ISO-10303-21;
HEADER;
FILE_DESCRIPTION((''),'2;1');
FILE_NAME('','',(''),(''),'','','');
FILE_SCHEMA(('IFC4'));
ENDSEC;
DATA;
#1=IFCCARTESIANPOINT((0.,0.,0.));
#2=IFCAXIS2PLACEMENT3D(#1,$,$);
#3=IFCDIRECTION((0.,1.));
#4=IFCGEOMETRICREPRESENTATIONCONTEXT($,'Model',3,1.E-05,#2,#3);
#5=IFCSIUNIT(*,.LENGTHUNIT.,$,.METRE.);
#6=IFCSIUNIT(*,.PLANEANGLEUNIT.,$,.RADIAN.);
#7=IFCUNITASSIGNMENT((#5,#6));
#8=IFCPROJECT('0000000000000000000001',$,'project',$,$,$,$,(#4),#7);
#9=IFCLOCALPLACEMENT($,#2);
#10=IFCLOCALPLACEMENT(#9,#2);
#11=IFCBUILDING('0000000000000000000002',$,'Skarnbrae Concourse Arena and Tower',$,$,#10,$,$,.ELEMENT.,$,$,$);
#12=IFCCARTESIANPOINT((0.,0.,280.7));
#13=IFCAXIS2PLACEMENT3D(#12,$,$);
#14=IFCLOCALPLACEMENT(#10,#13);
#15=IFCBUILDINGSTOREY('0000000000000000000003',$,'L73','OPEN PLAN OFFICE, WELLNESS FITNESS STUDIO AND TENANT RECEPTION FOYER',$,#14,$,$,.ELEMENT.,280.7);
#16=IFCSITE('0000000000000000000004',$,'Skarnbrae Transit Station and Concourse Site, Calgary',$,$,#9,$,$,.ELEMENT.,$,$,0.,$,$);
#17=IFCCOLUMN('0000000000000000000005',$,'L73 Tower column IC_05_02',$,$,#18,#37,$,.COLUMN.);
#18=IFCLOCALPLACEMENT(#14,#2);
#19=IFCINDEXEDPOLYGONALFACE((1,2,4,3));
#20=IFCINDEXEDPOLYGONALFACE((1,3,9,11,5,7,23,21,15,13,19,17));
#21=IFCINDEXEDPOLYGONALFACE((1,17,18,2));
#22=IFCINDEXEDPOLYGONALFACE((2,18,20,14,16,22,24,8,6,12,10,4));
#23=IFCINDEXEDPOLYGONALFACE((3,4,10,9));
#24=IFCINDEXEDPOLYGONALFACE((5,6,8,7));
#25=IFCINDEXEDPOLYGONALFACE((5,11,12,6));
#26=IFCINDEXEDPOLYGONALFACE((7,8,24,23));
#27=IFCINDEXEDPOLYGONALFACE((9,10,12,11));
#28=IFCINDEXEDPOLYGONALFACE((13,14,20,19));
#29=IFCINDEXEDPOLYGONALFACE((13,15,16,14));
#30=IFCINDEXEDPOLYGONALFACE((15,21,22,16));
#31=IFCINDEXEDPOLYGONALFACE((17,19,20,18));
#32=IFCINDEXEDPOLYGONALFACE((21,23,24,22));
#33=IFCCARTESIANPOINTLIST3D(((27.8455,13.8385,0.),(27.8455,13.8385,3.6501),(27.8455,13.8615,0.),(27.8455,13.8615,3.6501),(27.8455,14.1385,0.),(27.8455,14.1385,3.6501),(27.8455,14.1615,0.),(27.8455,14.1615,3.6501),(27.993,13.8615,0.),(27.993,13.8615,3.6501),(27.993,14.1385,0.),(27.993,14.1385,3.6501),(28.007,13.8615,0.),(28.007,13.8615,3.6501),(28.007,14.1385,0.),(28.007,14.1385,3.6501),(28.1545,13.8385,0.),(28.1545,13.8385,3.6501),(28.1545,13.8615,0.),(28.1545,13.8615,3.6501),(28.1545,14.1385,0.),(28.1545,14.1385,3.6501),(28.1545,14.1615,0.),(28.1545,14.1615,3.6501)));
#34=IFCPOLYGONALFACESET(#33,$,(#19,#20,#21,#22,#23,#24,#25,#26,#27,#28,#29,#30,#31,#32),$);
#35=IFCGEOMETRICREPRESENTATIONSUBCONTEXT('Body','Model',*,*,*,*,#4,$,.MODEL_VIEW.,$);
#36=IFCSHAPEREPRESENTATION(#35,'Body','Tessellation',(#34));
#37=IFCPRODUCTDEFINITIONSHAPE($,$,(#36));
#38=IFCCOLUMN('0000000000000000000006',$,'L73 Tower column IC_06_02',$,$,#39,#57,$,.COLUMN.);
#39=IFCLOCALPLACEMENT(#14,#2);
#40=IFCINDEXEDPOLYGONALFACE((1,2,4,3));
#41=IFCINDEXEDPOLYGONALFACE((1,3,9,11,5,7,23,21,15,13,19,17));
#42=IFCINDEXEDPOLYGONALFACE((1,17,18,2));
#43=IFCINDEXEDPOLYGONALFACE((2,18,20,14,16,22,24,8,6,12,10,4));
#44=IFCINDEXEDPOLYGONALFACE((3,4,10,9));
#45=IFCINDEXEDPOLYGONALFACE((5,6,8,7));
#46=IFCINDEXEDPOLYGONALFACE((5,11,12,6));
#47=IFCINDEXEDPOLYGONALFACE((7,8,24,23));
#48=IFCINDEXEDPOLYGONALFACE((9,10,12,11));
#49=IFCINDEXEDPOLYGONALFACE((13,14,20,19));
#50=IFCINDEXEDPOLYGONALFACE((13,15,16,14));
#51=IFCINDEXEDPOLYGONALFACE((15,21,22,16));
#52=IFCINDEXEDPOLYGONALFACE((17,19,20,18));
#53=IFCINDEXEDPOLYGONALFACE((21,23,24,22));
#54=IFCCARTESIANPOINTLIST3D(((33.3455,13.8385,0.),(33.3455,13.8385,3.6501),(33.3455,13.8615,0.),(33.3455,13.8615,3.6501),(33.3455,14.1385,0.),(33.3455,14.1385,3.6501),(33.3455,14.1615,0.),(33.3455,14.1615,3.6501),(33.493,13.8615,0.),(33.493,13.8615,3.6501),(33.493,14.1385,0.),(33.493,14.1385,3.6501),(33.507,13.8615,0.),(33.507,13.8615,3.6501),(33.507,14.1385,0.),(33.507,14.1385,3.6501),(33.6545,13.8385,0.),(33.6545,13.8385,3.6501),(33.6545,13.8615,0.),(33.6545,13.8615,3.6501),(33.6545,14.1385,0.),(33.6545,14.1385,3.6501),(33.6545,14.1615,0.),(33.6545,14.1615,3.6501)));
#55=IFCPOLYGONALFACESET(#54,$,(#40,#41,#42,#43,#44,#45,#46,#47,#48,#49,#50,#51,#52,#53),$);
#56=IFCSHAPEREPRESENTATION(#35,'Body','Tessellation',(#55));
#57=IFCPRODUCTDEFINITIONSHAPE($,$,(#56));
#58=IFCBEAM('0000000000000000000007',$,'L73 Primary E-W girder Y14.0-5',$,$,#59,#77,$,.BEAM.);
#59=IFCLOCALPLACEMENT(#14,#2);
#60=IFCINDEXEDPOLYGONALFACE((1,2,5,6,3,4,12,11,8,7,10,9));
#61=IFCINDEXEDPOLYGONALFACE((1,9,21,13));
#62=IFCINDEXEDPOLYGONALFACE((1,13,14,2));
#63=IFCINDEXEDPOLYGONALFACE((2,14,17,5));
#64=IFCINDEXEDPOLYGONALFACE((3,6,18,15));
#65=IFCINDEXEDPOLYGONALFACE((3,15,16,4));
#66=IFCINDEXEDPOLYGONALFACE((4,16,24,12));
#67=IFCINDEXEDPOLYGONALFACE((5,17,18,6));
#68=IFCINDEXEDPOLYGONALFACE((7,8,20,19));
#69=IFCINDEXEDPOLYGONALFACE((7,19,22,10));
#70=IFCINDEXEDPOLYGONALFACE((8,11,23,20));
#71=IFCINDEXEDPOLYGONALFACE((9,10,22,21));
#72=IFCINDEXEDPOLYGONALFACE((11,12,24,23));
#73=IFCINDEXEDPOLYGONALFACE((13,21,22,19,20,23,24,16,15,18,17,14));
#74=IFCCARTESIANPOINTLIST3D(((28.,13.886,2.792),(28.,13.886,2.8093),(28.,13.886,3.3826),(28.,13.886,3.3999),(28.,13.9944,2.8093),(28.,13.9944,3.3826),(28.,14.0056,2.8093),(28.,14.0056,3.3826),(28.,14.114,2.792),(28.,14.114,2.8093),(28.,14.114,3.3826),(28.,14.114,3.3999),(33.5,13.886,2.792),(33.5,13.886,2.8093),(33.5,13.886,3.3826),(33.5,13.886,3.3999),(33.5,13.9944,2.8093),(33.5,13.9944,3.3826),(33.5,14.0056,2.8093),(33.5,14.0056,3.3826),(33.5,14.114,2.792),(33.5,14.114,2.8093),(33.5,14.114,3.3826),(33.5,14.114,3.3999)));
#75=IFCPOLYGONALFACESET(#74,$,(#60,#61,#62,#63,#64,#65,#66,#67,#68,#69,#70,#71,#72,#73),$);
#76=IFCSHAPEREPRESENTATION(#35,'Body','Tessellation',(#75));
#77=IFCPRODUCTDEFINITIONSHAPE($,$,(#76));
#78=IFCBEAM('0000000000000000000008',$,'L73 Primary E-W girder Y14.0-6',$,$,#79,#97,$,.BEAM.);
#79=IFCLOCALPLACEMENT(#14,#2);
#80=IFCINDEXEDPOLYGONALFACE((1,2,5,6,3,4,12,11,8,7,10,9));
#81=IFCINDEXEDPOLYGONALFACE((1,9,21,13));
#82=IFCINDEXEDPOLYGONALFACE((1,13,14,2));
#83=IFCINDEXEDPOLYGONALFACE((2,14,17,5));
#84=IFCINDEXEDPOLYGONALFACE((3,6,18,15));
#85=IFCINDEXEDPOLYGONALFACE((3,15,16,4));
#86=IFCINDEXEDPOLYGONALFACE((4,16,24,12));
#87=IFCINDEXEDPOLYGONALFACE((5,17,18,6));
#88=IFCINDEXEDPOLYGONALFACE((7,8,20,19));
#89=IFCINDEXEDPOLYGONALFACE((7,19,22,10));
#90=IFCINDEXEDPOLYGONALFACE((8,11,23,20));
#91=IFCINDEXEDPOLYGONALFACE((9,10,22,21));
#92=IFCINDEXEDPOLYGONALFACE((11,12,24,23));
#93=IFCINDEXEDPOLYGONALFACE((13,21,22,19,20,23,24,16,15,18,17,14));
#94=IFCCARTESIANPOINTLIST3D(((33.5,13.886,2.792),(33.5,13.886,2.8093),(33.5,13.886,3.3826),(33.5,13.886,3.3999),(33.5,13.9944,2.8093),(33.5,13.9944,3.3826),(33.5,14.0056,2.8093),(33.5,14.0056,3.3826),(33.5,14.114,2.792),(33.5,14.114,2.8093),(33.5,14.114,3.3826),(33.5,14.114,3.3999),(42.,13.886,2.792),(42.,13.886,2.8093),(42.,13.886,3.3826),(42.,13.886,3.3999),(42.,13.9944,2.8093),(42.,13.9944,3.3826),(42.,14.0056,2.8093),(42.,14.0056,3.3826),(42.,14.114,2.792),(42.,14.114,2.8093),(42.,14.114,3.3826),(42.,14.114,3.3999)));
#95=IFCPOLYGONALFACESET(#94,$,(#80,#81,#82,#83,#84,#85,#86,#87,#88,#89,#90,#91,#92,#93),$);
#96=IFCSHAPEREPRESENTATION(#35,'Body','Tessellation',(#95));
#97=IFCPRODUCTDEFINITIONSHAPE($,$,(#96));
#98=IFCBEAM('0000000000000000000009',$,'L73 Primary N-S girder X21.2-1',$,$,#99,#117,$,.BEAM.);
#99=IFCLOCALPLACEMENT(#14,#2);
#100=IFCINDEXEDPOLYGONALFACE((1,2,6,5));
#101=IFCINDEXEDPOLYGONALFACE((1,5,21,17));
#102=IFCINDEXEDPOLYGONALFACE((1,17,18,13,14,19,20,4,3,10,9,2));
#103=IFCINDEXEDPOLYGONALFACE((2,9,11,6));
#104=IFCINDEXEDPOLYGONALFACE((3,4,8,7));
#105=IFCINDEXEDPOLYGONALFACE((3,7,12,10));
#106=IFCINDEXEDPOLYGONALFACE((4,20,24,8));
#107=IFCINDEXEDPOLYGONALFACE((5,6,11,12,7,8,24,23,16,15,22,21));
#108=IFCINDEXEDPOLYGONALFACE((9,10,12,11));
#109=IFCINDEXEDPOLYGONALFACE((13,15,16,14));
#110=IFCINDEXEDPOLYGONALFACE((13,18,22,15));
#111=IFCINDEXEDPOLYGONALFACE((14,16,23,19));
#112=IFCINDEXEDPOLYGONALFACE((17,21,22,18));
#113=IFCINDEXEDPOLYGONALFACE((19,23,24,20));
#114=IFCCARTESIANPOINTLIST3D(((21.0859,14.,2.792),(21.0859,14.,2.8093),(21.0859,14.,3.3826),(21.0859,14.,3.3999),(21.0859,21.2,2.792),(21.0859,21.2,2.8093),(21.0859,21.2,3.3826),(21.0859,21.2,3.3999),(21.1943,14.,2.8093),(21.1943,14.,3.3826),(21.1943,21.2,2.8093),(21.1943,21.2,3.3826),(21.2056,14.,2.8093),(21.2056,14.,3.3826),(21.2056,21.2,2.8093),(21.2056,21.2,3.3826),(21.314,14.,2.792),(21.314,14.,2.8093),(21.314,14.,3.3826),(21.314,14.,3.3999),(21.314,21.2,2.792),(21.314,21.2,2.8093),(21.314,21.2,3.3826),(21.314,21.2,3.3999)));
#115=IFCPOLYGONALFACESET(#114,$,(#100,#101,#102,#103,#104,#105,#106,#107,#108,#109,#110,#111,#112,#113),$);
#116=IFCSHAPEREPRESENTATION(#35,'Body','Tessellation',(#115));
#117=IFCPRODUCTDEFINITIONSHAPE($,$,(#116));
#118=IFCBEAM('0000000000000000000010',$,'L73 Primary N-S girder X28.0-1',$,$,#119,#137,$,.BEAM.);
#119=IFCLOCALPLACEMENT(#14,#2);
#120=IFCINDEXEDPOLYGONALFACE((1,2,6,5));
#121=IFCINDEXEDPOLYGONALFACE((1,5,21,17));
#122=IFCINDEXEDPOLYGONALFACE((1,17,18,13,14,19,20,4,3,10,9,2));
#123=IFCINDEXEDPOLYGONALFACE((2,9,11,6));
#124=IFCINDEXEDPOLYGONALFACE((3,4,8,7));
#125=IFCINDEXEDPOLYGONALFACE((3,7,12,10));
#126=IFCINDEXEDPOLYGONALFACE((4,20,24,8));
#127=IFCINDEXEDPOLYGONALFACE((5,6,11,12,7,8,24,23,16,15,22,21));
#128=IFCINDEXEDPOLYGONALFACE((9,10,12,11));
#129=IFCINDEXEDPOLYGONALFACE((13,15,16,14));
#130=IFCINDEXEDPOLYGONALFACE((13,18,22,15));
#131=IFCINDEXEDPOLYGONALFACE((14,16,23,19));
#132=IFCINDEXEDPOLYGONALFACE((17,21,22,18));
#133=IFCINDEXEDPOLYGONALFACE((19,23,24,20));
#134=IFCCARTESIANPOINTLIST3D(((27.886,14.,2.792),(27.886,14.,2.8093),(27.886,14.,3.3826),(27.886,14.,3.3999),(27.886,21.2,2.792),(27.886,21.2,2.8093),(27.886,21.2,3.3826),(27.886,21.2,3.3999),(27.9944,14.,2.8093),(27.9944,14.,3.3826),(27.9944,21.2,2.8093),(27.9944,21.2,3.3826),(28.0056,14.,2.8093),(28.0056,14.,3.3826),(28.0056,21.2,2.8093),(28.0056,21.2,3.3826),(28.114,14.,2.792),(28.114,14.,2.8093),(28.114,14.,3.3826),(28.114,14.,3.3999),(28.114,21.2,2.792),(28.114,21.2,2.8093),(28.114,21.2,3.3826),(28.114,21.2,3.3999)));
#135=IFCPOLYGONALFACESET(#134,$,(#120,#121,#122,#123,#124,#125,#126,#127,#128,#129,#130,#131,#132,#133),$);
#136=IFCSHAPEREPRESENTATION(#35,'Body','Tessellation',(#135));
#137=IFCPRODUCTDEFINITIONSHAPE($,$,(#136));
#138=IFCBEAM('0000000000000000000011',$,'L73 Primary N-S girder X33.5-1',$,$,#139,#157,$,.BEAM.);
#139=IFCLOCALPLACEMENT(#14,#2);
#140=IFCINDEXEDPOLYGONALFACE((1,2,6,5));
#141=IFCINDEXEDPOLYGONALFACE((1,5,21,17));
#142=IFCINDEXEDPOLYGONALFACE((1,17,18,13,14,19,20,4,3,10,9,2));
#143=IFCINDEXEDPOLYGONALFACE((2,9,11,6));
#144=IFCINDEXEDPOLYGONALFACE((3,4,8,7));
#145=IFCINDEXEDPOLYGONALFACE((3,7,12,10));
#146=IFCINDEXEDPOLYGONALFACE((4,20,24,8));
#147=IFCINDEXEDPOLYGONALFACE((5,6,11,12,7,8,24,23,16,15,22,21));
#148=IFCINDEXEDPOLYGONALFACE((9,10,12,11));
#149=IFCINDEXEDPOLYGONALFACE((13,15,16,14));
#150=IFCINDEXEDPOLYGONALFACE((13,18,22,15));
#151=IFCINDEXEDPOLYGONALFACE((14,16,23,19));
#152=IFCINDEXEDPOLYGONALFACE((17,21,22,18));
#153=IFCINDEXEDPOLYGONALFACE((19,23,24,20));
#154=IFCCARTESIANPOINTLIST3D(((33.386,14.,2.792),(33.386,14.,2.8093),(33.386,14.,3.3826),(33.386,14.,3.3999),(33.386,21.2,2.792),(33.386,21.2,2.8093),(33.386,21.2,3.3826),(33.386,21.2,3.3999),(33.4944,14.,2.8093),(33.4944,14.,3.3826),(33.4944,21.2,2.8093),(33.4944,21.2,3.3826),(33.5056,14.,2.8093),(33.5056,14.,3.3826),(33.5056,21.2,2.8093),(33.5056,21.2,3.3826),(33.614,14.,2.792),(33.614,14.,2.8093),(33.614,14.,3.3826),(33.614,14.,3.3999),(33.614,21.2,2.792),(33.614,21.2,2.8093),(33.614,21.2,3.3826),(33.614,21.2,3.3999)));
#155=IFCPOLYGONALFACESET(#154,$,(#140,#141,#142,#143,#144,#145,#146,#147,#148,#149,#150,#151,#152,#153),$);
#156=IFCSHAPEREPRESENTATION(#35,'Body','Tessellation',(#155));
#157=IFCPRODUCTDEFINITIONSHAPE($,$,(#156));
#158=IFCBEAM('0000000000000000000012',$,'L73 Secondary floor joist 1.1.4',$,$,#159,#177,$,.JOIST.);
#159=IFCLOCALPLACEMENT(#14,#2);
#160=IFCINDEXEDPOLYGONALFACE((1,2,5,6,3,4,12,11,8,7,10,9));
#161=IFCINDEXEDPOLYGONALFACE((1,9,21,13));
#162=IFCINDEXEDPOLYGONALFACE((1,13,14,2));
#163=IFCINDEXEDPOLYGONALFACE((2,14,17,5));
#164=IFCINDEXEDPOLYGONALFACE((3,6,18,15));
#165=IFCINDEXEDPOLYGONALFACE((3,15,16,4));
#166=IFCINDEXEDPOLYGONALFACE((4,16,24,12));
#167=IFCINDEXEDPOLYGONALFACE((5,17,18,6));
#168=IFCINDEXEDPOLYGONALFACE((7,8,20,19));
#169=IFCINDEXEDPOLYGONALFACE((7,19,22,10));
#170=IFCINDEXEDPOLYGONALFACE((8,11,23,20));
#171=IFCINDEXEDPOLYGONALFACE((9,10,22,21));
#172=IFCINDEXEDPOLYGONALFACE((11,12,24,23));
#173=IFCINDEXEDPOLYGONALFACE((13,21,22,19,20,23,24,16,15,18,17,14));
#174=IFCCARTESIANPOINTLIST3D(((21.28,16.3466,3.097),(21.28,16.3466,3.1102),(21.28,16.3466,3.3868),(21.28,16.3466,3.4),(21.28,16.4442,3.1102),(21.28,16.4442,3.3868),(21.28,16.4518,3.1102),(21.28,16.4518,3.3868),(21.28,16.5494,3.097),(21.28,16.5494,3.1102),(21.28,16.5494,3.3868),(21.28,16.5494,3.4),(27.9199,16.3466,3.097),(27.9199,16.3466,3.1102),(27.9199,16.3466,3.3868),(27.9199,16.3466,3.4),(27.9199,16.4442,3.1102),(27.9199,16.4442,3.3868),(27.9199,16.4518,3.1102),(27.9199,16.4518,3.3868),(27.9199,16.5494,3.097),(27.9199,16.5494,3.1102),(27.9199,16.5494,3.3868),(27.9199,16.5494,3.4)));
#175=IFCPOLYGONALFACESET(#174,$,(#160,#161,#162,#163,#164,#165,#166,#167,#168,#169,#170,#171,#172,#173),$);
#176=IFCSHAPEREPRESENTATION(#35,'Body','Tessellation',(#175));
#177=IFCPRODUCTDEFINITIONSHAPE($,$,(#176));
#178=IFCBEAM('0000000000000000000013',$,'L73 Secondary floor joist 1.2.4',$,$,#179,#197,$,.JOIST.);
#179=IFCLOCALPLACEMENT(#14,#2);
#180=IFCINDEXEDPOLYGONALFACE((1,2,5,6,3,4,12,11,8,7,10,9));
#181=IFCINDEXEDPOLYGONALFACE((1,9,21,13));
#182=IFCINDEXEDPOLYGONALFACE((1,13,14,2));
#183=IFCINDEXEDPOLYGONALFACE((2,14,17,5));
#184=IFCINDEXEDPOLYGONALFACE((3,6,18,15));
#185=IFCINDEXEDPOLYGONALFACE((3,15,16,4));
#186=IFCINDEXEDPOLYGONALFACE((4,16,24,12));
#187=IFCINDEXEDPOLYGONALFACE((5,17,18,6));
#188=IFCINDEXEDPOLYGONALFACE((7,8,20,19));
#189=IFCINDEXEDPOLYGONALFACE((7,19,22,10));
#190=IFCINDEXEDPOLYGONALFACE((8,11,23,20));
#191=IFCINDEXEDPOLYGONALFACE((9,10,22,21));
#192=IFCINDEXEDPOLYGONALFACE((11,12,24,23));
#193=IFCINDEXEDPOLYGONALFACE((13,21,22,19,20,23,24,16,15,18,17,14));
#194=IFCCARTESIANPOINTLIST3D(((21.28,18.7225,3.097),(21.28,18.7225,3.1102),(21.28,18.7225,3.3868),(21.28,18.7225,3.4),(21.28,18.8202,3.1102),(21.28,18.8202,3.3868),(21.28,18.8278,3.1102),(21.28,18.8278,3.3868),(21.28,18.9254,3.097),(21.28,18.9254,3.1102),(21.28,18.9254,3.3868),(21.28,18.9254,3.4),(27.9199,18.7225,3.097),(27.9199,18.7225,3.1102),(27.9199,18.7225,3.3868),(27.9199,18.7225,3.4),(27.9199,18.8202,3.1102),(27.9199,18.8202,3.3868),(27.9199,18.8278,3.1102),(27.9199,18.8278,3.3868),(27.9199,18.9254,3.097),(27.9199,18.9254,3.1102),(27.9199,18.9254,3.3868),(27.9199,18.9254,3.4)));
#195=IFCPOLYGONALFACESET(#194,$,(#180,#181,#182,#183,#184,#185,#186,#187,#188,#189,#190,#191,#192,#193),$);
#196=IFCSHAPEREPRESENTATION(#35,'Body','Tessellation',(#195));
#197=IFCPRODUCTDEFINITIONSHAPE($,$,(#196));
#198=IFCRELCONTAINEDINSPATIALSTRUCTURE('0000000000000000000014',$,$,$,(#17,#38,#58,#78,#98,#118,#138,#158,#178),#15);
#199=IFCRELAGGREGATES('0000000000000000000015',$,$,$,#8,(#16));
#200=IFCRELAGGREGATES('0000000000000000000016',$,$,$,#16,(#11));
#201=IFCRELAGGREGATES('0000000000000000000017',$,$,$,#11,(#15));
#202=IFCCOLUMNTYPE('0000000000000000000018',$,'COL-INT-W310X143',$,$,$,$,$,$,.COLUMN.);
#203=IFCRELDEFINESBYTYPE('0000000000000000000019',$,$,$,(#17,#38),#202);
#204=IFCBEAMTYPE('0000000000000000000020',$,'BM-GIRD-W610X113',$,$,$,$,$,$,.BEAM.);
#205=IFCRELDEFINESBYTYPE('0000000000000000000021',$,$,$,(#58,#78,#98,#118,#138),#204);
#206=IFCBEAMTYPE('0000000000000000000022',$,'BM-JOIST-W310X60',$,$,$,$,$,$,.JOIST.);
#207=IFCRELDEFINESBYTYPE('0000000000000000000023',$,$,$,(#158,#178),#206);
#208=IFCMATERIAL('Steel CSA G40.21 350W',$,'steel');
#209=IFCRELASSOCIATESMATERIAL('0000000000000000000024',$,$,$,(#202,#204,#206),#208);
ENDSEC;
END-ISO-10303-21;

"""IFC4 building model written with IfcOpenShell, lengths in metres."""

from ifc_helpers import new_model, si_unit, direction, frame, origin, origin_2d, place, context, subcontext, project, spatial, i_section, extrude, source, transform, mapped, material, material_profile, profile_set, type_object, element, save


model = new_model("IFC4")

# Units and contexts
model_context = context("Model", 3, precision=1e-05, world=origin(), true_north=direction((0.0, 1.0)))
body_context = subcontext(model_context, "Body", "Model", "MODEL_VIEW")
ifc_project = project(units=[si_unit("LENGTHUNIT", "METRE"), si_unit("PLANEANGLEUNIT", "RADIAN")], contexts=[model_context])

# Site, building, storey
site_placement = place(None, origin())
site = spatial("IfcSite", under=ifc_project, at=site_placement, Name="Skarnbrae Transit Station and Concourse Site, Calgary", CompositionType="ELEMENT", RefElevation=0.0)
building_placement = place(site_placement, origin())
building = spatial("IfcBuilding", under=site, at=building_placement, Name="Skarnbrae Concourse Arena and Tower", CompositionType="ELEMENT")
storey_placement = place(building_placement, frame((0.0, 0.0, 280.7)))
storey = spatial("IfcBuildingStorey", under=building, at=storey_placement, Name="L73", Description="OPEN PLAN OFFICE, WELLNESS FITNESS STUDIO AND TENANT RECEPTION FOYER", CompositionType="ELEMENT", Elevation=280.7)

# Columns
ifc_material_1 = material(Name="Steel CSA G40.21 350W", Category="steel")
ifc_material_profile_1 = material_profile(ifc_material_1, i_section(OverallWidth=0.3091, OverallDepth=0.323, WebThickness=0.0139, FlangeThickness=0.0229, at=origin_2d()), Name="W310X143")
ifc_profile_set_1 = profile_set([ifc_material_profile_1], Name="Steel CSA G40.21 350W")
column_type = type_object("IfcColumnType", Name="COL-INT-W310X143", PredefinedType="COLUMN", material=ifc_profile_set_1)
shared_shape_1 = source(origin(), body_context, "Body", "SweptSolid", [
    extrude(i_section(OverallWidth=0.3091, OverallDepth=0.323, WebThickness=0.0139, FlangeThickness=0.0229, at=origin_2d()), origin(), (0.0, 0.0, 1.0), 3.6501),
])
for number, where, z_axis, x_axis, name in (
    (1, (28.0, 14.0, 0.0), (0.0, 0.0, 1.0), (1.0, 0.0, 0.0), "L73 Tower column IC_05_02"),
    (2, (33.5, 14.0, 0.0), (0.0, 0.0, 1.0), (1.0, 0.0, 0.0), "L73 Tower column IC_06_02"),
):
    element("IfcColumn", number, at=place(storey_placement, frame(where, z_axis=z_axis, x_axis=x_axis)), inside=storey, type_object=column_type, Name=name, PredefinedType="COLUMN", context=body_context, shape_type="MappedRepresentation", body=[
        mapped(shared_shape_1, transform((0.0, 0.0, 0.0))),
    ])

# Beams
ifc_material_profile_2 = material_profile(ifc_material_1, i_section(OverallWidth=0.228, OverallDepth=0.6079, WebThickness=0.0112, FlangeThickness=0.0173, at=origin_2d()), Name="W610X113")
ifc_profile_set_2 = profile_set([ifc_material_profile_2], Name="Steel CSA G40.21 350W")
beam_type_1 = type_object("IfcBeamType", Name="BM-GIRD-W610X113", PredefinedType="BEAM", material=ifc_profile_set_2)
shared_shape_2 = source(origin(), body_context, "Body", "SweptSolid", [
    extrude(i_section(OverallWidth=0.228, OverallDepth=0.6079, WebThickness=0.0112, FlangeThickness=0.0173, at=origin_2d()), origin(), (0.0, 0.0, 1.0), 5.5),
])
beam_1_placement = place(storey_placement, frame((28.0, 14.0, 3.0959), z_axis=(1.0, 0.0, 0.0), x_axis=(0.0, 1.0, 0.0)))
element("IfcBeam", 3, at=beam_1_placement, inside=storey, type_object=beam_type_1, Name="L73 Primary E-W girder Y14.0-5", PredefinedType="BEAM", context=body_context, shape_type="MappedRepresentation", body=[
    mapped(shared_shape_2, transform((0.0, 0.0, 0.0))),
])
shared_shape_3 = source(origin(), body_context, "Body", "SweptSolid", [
    extrude(i_section(OverallWidth=0.228, OverallDepth=0.6079, WebThickness=0.0112, FlangeThickness=0.0173, at=origin_2d()), origin(), (0.0, 0.0, 1.0), 8.5),
])
beam_2_placement = place(storey_placement, frame((33.5, 14.0, 3.0959), z_axis=(1.0, 0.0, 0.0), x_axis=(0.0, 1.0, 0.0)))
element("IfcBeam", 4, at=beam_2_placement, inside=storey, type_object=beam_type_1, Name="L73 Primary E-W girder Y14.0-6", PredefinedType="BEAM", context=body_context, shape_type="MappedRepresentation", body=[
    mapped(shared_shape_3, transform((0.0, 0.0, 0.0))),
])
shared_shape_4 = source(origin(), body_context, "Body", "SweptSolid", [
    extrude(i_section(OverallWidth=0.228, OverallDepth=0.6079, WebThickness=0.0112, FlangeThickness=0.0173, at=origin_2d()), origin(), (0.0, 0.0, 1.0), 7.2),
])
for number, where, z_axis, x_axis, name in (
    (5, (21.2, 14.0, 3.0959), (0.0, 1.0, 0.0), (-1.0, 0.0, 0.0), "L73 Primary N-S girder X21.2-1"),
    (6, (28.0, 14.0, 3.0959), (0.0, 1.0, 0.0), (-1.0, 0.0, 0.0), "L73 Primary N-S girder X28.0-1"),
    (7, (33.5, 14.0, 3.0959), (0.0, 1.0, 0.0), (-1.0, 0.0, 0.0), "L73 Primary N-S girder X33.5-1"),
):
    element("IfcBeam", number, at=place(storey_placement, frame(where, z_axis=z_axis, x_axis=x_axis)), inside=storey, type_object=beam_type_1, Name=name, PredefinedType="BEAM", context=body_context, shape_type="MappedRepresentation", body=[
        mapped(shared_shape_4, transform((0.0, 0.0, 0.0))),
    ])
ifc_material_profile_3 = material_profile(ifc_material_1, i_section(OverallWidth=0.2029, OverallDepth=0.303, WebThickness=0.0076, FlangeThickness=0.0132, at=origin_2d()), Name="W310X60")
ifc_profile_set_3 = profile_set([ifc_material_profile_3], Name="Steel CSA G40.21 350W")
beam_type_2 = type_object("IfcBeamType", Name="BM-JOIST-W310X60", PredefinedType="JOIST", material=ifc_profile_set_3)
shared_shape_5 = source(origin(), body_context, "Body", "SweptSolid", [
    extrude(i_section(OverallWidth=0.2029, OverallDepth=0.303, WebThickness=0.0076, FlangeThickness=0.0132, at=origin_2d()), origin(), (0.0, 0.0, 1.0), 6.6399),
])
for number, where, z_axis, x_axis, name in (
    (8, (21.28, 16.448, 3.2485), (1.0, 0.0, 0.0), (0.0, 1.0, 0.0), "L73 Secondary floor joist 1.1.4"),
    (9, (21.28, 18.824, 3.2485), (1.0, 0.0, 0.0), (0.0, 1.0, 0.0), "L73 Secondary floor joist 1.2.4"),
):
    element("IfcBeam", number, at=place(storey_placement, frame(where, z_axis=z_axis, x_axis=x_axis)), inside=storey, type_object=beam_type_2, Name=name, PredefinedType="JOIST", context=body_context, shape_type="MappedRepresentation", body=[
        mapped(shared_shape_5, transform((0.0, 0.0, 0.0))),
    ])

save(model, "model.ifc")
